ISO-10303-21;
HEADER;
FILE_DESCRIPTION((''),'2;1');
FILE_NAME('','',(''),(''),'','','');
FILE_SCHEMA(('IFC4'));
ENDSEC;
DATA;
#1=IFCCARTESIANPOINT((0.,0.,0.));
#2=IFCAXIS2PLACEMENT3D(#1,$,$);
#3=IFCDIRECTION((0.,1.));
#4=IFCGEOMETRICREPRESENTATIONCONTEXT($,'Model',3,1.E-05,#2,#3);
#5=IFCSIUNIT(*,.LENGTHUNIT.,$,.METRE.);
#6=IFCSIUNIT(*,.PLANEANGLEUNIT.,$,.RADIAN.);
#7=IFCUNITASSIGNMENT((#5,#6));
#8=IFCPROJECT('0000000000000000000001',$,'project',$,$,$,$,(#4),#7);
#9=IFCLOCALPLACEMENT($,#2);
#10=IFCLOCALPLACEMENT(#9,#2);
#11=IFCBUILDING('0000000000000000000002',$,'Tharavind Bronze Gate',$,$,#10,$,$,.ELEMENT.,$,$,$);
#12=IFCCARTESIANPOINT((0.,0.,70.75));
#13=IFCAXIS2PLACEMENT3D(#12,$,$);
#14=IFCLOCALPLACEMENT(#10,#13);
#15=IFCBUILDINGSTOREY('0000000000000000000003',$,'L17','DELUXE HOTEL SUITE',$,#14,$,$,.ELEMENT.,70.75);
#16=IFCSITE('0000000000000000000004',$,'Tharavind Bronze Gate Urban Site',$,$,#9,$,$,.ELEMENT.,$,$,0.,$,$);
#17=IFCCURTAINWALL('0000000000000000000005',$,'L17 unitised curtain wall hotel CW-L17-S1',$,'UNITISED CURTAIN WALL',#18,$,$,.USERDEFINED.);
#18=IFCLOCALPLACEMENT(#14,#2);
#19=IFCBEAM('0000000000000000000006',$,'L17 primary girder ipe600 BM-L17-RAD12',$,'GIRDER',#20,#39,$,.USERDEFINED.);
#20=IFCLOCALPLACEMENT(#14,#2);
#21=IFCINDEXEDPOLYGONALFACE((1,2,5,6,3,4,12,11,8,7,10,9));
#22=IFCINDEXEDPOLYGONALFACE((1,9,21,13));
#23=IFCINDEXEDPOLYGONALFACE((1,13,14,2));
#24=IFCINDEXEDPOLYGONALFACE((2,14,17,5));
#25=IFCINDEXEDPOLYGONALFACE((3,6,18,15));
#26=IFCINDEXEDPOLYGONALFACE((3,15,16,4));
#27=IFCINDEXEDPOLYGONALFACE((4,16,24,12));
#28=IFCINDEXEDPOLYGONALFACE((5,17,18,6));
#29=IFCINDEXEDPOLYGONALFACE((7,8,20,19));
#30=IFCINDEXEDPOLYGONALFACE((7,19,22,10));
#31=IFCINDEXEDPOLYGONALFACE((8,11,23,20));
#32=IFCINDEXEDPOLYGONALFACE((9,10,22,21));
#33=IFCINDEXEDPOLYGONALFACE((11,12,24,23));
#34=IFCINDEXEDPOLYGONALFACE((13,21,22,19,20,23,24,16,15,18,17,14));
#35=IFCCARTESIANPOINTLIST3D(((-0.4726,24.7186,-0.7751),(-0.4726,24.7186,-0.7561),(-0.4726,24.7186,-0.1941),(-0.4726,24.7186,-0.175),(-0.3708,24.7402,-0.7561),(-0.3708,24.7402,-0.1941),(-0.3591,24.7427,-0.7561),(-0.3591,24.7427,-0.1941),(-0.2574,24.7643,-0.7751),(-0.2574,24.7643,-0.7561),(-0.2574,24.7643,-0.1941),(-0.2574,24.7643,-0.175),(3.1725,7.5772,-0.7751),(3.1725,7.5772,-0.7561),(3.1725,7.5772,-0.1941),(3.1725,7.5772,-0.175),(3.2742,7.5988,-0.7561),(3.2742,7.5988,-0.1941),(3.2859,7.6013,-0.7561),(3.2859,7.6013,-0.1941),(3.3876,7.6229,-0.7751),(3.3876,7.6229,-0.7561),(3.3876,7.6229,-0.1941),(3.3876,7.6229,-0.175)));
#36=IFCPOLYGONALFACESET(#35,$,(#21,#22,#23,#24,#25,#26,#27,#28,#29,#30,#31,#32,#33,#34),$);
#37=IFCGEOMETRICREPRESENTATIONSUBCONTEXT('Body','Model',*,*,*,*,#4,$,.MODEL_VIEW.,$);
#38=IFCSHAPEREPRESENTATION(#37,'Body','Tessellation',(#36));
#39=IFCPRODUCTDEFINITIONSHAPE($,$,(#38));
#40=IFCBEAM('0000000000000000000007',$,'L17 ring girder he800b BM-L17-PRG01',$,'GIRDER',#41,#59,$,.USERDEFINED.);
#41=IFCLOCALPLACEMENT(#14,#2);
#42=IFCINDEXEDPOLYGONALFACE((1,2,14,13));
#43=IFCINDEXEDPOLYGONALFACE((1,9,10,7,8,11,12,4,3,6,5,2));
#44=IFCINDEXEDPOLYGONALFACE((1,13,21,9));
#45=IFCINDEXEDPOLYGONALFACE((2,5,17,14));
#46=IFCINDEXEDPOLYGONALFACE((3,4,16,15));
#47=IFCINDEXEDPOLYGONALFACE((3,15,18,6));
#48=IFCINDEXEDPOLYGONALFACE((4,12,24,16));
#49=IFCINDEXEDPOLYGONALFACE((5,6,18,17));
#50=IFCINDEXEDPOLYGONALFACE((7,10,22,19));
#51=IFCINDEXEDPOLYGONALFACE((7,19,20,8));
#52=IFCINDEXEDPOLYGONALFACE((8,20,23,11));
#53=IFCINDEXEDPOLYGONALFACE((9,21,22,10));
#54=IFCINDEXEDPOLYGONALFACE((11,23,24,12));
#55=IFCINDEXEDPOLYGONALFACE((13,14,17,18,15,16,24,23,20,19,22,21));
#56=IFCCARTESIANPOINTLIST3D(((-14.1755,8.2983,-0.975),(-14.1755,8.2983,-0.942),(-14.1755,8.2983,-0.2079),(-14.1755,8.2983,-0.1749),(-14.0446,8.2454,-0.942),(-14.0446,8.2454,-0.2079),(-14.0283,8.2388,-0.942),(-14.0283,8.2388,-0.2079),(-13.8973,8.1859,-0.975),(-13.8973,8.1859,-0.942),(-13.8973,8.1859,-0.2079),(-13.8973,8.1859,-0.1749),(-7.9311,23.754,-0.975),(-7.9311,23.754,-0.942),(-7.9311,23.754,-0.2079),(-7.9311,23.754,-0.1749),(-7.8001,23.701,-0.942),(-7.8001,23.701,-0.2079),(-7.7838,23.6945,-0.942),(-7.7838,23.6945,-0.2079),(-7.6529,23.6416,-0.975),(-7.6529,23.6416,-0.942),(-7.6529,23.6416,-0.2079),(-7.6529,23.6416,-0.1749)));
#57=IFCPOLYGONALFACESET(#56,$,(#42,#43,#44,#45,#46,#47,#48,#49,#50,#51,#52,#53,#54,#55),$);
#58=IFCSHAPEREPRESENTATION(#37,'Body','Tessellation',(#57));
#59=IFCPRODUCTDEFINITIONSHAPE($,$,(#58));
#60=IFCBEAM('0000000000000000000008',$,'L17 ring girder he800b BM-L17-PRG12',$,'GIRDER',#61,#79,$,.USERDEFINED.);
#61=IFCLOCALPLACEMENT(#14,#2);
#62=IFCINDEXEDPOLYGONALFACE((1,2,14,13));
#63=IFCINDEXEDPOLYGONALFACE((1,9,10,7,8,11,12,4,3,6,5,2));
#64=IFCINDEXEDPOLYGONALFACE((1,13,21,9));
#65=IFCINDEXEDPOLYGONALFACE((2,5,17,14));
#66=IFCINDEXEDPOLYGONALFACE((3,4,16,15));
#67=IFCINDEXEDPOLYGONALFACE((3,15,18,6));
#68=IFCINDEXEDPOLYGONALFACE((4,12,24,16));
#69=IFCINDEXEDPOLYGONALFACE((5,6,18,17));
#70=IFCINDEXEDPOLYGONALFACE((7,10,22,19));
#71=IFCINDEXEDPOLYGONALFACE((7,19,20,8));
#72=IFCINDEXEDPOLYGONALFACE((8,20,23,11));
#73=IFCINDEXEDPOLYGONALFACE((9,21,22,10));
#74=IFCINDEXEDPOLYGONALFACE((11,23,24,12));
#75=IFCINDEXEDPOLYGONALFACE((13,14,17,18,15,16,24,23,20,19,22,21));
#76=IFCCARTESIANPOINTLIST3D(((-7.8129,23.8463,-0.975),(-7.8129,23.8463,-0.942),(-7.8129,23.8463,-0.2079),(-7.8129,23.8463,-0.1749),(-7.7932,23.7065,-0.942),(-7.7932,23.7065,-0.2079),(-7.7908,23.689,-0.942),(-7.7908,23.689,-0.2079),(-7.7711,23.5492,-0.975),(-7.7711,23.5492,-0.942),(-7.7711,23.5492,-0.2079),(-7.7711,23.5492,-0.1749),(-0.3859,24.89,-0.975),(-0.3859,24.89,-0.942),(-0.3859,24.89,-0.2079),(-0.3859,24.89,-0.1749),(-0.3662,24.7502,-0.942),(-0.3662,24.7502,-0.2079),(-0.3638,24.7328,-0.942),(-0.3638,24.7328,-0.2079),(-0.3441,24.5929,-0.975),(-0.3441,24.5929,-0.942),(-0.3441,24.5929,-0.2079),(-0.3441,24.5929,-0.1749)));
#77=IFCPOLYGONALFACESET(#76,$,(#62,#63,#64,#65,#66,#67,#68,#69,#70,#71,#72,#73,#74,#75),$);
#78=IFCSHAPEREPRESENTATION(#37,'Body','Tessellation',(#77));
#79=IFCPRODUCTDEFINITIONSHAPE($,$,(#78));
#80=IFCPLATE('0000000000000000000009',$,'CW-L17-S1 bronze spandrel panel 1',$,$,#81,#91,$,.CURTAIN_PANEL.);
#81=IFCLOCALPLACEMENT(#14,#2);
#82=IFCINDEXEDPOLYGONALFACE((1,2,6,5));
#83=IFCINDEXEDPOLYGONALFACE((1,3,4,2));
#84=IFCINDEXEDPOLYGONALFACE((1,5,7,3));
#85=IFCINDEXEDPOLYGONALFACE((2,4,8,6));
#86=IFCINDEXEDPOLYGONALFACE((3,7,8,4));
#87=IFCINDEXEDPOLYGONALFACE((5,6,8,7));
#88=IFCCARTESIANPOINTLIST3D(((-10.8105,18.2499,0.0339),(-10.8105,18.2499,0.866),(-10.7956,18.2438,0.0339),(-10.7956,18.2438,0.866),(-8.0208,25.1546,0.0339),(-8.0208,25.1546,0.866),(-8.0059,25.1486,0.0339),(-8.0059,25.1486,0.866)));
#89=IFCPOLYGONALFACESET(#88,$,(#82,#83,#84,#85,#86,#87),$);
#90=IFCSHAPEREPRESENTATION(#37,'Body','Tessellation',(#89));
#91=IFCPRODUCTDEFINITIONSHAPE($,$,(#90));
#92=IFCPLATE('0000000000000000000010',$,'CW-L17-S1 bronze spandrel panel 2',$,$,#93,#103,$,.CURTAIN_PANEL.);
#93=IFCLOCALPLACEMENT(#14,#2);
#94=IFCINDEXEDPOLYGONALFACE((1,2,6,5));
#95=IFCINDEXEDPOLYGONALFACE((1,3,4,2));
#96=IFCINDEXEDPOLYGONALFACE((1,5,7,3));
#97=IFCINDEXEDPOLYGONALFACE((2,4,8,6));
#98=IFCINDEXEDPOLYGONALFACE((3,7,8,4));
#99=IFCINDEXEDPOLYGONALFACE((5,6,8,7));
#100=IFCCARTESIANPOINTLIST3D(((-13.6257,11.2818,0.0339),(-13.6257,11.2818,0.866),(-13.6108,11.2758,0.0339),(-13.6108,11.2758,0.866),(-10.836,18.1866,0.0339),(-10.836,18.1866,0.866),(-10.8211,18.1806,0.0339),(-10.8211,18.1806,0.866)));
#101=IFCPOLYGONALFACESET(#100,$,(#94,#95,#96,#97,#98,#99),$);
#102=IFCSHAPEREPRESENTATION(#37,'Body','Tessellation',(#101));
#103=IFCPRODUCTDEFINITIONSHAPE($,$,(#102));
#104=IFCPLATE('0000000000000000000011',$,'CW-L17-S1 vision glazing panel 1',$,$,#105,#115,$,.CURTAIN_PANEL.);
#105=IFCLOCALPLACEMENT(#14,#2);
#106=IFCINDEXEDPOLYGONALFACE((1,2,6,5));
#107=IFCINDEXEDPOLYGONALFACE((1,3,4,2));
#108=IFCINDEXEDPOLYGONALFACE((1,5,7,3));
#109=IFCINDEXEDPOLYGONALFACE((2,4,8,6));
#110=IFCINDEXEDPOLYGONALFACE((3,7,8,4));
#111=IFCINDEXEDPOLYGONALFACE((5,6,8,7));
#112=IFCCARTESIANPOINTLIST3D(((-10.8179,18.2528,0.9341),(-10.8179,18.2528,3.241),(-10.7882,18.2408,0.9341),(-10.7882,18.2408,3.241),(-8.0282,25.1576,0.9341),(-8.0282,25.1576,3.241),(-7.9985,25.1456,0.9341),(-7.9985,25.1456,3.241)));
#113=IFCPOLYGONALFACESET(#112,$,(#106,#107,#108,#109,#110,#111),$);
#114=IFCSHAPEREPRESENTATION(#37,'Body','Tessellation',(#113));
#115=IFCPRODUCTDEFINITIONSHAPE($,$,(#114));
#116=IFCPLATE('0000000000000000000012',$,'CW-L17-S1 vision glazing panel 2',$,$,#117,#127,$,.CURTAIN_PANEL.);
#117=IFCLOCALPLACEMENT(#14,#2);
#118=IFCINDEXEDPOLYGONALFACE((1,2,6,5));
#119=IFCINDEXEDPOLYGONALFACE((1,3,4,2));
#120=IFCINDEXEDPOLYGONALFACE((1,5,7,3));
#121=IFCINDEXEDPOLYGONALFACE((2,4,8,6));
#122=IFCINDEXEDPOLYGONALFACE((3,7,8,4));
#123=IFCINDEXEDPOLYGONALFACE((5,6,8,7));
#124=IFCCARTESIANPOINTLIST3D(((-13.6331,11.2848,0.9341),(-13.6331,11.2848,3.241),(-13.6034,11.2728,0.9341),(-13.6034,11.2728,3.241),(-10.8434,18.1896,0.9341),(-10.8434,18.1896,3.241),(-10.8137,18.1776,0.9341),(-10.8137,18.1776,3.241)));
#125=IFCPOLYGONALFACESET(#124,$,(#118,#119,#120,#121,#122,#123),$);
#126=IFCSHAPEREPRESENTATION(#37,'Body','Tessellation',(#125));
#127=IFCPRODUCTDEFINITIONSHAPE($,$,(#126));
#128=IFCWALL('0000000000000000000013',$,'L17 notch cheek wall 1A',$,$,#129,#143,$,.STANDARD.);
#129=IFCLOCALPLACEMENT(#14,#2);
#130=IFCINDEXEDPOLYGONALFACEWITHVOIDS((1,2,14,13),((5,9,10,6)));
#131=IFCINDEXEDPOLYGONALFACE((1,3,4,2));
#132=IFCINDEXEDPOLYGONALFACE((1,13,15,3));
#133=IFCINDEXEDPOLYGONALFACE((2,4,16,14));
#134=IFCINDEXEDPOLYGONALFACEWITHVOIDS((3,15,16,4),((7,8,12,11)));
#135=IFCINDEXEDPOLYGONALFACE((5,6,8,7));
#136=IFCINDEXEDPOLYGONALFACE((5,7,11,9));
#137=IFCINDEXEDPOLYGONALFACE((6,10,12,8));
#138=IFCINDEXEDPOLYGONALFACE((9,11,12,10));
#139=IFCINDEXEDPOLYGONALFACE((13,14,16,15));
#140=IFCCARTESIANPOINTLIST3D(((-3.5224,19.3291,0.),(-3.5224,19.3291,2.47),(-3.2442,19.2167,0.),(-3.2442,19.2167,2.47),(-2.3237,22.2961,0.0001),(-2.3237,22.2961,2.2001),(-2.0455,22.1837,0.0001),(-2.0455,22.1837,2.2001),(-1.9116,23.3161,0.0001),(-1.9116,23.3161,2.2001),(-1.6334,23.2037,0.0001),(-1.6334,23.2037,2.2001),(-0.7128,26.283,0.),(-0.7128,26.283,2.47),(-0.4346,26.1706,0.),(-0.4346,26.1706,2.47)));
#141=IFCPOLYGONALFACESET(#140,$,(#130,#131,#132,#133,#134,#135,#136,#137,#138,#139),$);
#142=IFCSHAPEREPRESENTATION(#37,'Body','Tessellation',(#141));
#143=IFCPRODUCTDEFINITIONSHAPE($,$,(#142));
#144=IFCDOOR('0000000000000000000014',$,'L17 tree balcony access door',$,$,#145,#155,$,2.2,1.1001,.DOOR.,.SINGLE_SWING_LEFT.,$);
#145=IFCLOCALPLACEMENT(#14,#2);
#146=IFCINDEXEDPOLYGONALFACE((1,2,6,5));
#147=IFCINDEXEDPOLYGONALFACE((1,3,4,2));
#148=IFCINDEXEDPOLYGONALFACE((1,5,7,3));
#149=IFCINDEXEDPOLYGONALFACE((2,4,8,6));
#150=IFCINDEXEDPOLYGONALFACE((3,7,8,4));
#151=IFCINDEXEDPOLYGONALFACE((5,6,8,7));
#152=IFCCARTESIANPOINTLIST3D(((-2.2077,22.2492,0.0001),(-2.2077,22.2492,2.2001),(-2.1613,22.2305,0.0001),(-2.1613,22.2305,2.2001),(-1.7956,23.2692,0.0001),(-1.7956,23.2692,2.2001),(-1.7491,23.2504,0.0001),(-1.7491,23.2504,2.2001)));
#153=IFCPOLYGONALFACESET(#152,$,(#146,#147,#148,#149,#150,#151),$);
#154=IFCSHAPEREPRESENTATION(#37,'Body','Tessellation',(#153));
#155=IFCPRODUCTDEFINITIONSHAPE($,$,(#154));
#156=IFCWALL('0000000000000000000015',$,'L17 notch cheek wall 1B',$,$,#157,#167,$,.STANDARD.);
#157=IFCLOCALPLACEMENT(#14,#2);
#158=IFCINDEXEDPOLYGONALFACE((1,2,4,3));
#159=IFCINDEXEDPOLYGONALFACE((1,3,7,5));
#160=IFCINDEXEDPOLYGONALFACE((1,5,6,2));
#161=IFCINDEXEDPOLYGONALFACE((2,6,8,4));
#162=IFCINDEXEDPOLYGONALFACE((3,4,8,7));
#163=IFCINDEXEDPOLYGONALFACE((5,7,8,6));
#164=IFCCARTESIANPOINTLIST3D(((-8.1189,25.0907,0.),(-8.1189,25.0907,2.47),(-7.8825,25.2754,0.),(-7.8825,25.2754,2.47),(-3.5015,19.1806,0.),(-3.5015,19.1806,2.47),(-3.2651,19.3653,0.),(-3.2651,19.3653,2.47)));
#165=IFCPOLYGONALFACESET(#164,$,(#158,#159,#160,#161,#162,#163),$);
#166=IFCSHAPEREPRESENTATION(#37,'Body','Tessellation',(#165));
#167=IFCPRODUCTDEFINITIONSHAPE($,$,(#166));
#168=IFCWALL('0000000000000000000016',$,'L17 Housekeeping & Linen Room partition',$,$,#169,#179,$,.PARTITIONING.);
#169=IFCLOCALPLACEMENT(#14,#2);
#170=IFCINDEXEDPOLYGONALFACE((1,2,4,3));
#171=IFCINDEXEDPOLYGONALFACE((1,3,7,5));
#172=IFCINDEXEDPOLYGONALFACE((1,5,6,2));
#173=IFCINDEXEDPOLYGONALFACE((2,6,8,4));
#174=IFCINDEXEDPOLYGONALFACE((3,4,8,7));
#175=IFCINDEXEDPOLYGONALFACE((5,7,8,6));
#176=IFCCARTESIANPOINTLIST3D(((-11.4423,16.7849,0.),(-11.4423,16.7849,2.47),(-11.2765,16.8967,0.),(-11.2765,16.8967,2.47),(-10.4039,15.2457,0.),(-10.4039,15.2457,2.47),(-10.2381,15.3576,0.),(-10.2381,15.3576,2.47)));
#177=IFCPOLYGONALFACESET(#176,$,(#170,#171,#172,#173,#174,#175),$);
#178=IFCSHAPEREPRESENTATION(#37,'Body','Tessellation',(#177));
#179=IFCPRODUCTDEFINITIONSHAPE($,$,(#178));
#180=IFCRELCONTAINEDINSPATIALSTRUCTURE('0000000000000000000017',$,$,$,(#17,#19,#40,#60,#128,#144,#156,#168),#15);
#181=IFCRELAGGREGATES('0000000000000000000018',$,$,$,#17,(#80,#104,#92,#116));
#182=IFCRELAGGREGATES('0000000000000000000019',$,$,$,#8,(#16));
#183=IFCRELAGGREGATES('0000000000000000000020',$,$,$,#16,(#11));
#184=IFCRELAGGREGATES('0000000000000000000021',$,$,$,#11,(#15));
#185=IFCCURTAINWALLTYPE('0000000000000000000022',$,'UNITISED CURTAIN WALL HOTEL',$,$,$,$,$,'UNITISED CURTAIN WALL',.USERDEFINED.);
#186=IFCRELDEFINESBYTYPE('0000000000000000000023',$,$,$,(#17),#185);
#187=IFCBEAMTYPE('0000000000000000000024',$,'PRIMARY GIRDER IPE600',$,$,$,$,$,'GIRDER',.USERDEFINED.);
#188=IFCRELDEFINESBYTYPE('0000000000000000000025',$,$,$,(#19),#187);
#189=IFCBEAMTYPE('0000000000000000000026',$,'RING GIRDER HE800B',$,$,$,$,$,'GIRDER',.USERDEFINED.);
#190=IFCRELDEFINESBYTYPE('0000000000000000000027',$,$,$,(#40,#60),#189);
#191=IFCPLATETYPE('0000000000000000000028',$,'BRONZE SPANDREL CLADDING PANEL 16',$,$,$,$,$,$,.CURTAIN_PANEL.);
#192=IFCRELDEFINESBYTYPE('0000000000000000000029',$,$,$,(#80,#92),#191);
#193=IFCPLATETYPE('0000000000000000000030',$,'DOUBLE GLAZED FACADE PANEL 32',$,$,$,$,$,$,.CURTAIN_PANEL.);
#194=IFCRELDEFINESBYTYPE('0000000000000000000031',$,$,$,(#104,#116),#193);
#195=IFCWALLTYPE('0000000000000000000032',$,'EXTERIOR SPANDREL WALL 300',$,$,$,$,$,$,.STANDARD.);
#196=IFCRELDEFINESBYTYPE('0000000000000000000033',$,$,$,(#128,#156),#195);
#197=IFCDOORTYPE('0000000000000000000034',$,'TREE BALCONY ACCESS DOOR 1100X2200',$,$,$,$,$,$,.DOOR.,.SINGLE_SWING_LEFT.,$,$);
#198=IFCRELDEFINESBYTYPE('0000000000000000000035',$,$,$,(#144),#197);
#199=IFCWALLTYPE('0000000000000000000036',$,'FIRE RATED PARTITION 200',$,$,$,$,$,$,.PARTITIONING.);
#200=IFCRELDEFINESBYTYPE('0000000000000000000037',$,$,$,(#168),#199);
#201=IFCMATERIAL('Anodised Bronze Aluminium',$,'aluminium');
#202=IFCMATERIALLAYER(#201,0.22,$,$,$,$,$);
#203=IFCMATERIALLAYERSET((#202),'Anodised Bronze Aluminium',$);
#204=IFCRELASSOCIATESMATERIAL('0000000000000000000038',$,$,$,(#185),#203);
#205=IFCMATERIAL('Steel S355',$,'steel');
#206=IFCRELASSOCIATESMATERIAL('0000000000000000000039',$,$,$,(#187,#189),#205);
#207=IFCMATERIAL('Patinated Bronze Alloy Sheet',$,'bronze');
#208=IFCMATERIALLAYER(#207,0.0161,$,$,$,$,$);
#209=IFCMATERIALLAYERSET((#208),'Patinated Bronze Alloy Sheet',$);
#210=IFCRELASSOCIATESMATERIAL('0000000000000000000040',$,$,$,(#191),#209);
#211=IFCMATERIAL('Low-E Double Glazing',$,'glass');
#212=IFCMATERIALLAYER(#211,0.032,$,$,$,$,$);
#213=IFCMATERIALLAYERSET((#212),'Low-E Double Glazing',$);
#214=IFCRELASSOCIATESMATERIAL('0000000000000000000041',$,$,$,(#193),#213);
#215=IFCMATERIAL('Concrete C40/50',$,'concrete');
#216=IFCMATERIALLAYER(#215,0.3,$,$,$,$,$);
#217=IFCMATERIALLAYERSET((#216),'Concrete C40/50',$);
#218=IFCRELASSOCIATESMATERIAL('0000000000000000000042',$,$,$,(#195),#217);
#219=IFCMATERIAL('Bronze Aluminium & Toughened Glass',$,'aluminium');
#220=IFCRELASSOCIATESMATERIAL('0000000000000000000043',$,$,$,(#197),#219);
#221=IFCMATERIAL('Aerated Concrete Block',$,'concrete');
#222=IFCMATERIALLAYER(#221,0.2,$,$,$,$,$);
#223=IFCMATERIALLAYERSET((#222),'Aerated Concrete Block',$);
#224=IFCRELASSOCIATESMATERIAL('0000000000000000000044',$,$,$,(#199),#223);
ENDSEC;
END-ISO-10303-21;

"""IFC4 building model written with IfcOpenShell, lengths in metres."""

from ifc_helpers import new_model, si_unit, direction, frame, frame_2d, origin, origin_2d, place, context, subcontext, project, spatial, rectangle, i_section, extrude, material, layer, layer_set, material_profile, profile_set, type_object, element, fill, aggregate, save


model = new_model("IFC4")

# Units and contexts
model_context = context("Model", 3, precision=1e-05, world=origin(), true_north=direction((0.0, 1.0)))
body_context = subcontext(model_context, "Body", "Model", "MODEL_VIEW")
ifc_project = project(units=[si_unit("LENGTHUNIT", "METRE"), si_unit("PLANEANGLEUNIT", "RADIAN")], contexts=[model_context])

# Site, building, storey
site_placement = place(None, origin())
site = spatial("IfcSite", under=ifc_project, at=site_placement, Name="Tharavind Bronze Gate Urban Site", CompositionType="ELEMENT", RefElevation=0.0)
building_placement = place(site_placement, origin())
building = spatial("IfcBuilding", under=site, at=building_placement, Name="Tharavind Bronze Gate", CompositionType="ELEMENT")
storey_placement = place(building_placement, frame((0.0, 0.0, 70.75)))
storey = spatial("IfcBuildingStorey", under=building, at=storey_placement, Name="L17", Description="DELUXE HOTEL SUITE", CompositionType="ELEMENT", Elevation=70.75)

# Curtain wall
ifc_material_1 = material(Name="Anodised Bronze Aluminium", Category="aluminium")
ifc_layer_1 = layer(ifc_material_1, 0.22)
ifc_layer_set_1 = layer_set([ifc_layer_1], Name="Anodised Bronze Aluminium")
curtain_wall_type = type_object("IfcCurtainWallType", Name="UNITISED CURTAIN WALL HOTEL", ElementType="UNITISED CURTAIN WALL", PredefinedType="USERDEFINED", material=ifc_layer_set_1)
curtain_wall_1_placement = place(storey_placement, origin())
curtain_wall_1 = element("IfcCurtainWall", 1, at=curtain_wall_1_placement, inside=storey, type_object=curtain_wall_type, Name="L17 unitised curtain wall hotel CW-L17-S1", ObjectType="UNITISED CURTAIN WALL", PredefinedType="USERDEFINED")

# Beams
ifc_material_2 = material(Name="Steel S355", Category="steel")
ifc_material_profile_1 = material_profile(ifc_material_2, i_section(OverallWidth=0.22, OverallDepth=0.6001, WebThickness=0.012, FlangeThickness=0.019, at=origin_2d()), Name="IPE600")
ifc_profile_set_1 = profile_set([ifc_material_profile_1], Name="Steel S355")
beam_type_1 = type_object("IfcBeamType", Name="PRIMARY GIRDER IPE600", ElementType="GIRDER", PredefinedType="USERDEFINED", material=ifc_profile_set_1)
beam_1_placement = place(storey_placement, frame((-0.365, 24.7415, -0.4751), z_axis=(0.207994, -0.97813, 0.0), x_axis=(0.97813, 0.207994, 0.0)))
element("IfcBeam", 2, at=beam_1_placement, inside=storey, type_object=beam_type_1, Name="L17 primary girder ipe600 BM-L17-RAD12", ObjectType="GIRDER", PredefinedType="USERDEFINED", context=body_context, shape_type="SweptSolid", body=[
    extrude(i_section(OverallWidth=0.22, OverallDepth=0.6001, WebThickness=0.012, FlangeThickness=0.019, at=origin_2d()), origin(), (0.0, 0.0, 1.0), 17.5247),
])
ifc_material_profile_2 = material_profile(ifc_material_2, i_section(OverallWidth=0.3, OverallDepth=0.8, WebThickness=0.0176, FlangeThickness=0.033, at=origin_2d()), Name="HE800B")
ifc_profile_set_2 = profile_set([ifc_material_profile_2], Name="Steel S355")
beam_type_2 = type_object("IfcBeamType", Name="RING GIRDER HE800B", ElementType="GIRDER", PredefinedType="USERDEFINED", material=ifc_profile_set_2)
beam_2_placement = place(storey_placement, frame((-7.792, 23.6978, -0.575), z_axis=(-0.374603, -0.927185, 0.0), x_axis=(0.927185, -0.374603, 0.0)))
element("IfcBeam", 3, at=beam_2_placement, inside=storey, type_object=beam_type_2, Name="L17 ring girder he800b BM-L17-PRG01", ObjectType="GIRDER", PredefinedType="USERDEFINED", context=body_context, shape_type="SweptSolid", body=[
    extrude(i_section(OverallWidth=0.3, OverallDepth=0.8, WebThickness=0.0176, FlangeThickness=0.033, at=origin_2d()), origin(), (0.0, 0.0, 1.0), 16.6694),
])
beam_3_placement = place(storey_placement, frame((-0.365, 24.7415, -0.575), z_axis=(-0.99027, -0.139161, 0.0), x_axis=(0.139161, -0.99027, 0.0)))
element("IfcBeam", 4, at=beam_3_placement, inside=storey, type_object=beam_type_2, Name="L17 ring girder he800b BM-L17-PRG12", ObjectType="GIRDER", PredefinedType="USERDEFINED", context=body_context, shape_type="SweptSolid", body=[
    extrude(i_section(OverallWidth=0.3, OverallDepth=0.8, WebThickness=0.0176, FlangeThickness=0.033, at=origin_2d()), origin(), (0.0, 0.0, 1.0), 7.5),
])

# Plates
ifc_material_3 = material(Name="Patinated Bronze Alloy Sheet", Category="bronze")
ifc_layer_2 = layer(ifc_material_3, 0.0161)
ifc_layer_set_2 = layer_set([ifc_layer_2], Name="Patinated Bronze Alloy Sheet")
plate_type_1 = type_object("IfcPlateType", Name="BRONZE SPANDREL CLADDING PANEL 16", PredefinedType="CURTAIN_PANEL", material=ifc_layer_set_2)
plate_1_placement = place(storey_placement, frame((-9.4082, 21.6992, 0.0339), z_axis=(0.0, 0.0, 1.0), x_axis=(-0.374607, -0.927184, 0.0)))
plate_1 = element("IfcPlate", 5, at=plate_1_placement, type_object=plate_type_1, Name="CW-L17-S1 bronze spandrel panel 1", PredefinedType="CURTAIN_PANEL", context=body_context, shape_type="SweptSolid", body=[
    extrude(rectangle(XDim=7.447, YDim=0.0161, at=origin_2d()), origin(), (0.0, 0.0, 1.0), 0.832),
])
plate_2_placement = place(storey_placement, frame((-12.2234, 14.7312, 0.0339), z_axis=(0.0, 0.0, 1.0), x_axis=(-0.374607, -0.927184, 0.0)))
plate_2 = element("IfcPlate", 6, at=plate_2_placement, type_object=plate_type_1, Name="CW-L17-S1 bronze spandrel panel 2", PredefinedType="CURTAIN_PANEL", context=body_context, shape_type="SweptSolid", body=[
    extrude(rectangle(XDim=7.447, YDim=0.0161, at=origin_2d()), origin(), (0.0, 0.0, 1.0), 0.832),
])
ifc_material_4 = material(Name="Low-E Double Glazing", Category="glass")
ifc_layer_3 = layer(ifc_material_4, 0.032)
ifc_layer_set_3 = layer_set([ifc_layer_3], Name="Low-E Double Glazing")
plate_type_2 = type_object("IfcPlateType", Name="DOUBLE GLAZED FACADE PANEL 32", PredefinedType="CURTAIN_PANEL", material=ifc_layer_set_3)
plate_3_placement = place(storey_placement, frame((-9.4082, 21.6992, 0.9341), z_axis=(0.0, 0.0, 1.0), x_axis=(-0.374607, -0.927184, 0.0)))
plate_3 = element("IfcPlate", 7, at=plate_3_placement, type_object=plate_type_2, Name="CW-L17-S1 vision glazing panel 1", PredefinedType="CURTAIN_PANEL", context=body_context, shape_type="SweptSolid", body=[
    extrude(rectangle(XDim=7.447, YDim=0.032, at=origin_2d()), origin(), (0.0, 0.0, 1.0), 2.3069),
])
plate_4_placement = place(storey_placement, frame((-12.2234, 14.7312, 0.9341), z_axis=(0.0, 0.0, 1.0), x_axis=(-0.374607, -0.927184, 0.0)))
plate_4 = element("IfcPlate", 8, at=plate_4_placement, type_object=plate_type_2, Name="CW-L17-S1 vision glazing panel 2", PredefinedType="CURTAIN_PANEL", context=body_context, shape_type="SweptSolid", body=[
    extrude(rectangle(XDim=7.447, YDim=0.032, at=origin_2d()), origin(), (0.0, 0.0, 1.0), 2.3069),
])
aggregate(curtain_wall_1, [plate_1, plate_3, plate_2, plate_4])

# Wall, opening, door
ifc_material_5 = material(Name="Concrete C40/50", Category="concrete")
ifc_layer_4 = layer(ifc_material_5, 0.3)
ifc_layer_set_4 = layer_set([ifc_layer_4], Name="Concrete C40/50")
wall_type_1 = type_object("IfcWallType", Name="EXTERIOR SPANDREL WALL 300", PredefinedType="STANDARD", material=ifc_layer_set_4)
wall_1_placement = place(storey_placement, frame((-0.5737, 26.2268, 0.0), z_axis=(0.0, 0.0, 1.0), x_axis=(-0.37461, -0.927182, 0.0)))
wall_1 = element("IfcWall", 9, at=wall_1_placement, inside=storey, type_object=wall_type_1, Name="L17 notch cheek wall 1A", PredefinedType="STANDARD", context=body_context, shape_type="SweptSolid", body=[
    extrude(rectangle(XDim=7.5, YDim=0.3, at=frame_2d((3.75, 0.0))), origin(), (0.0, 0.0, 1.0), 2.47),
])
opening_placement = place(wall_1_placement, frame((3.2, 0.0, 0.0)))
opening = element("IfcOpeningElement", 10, at=opening_placement, cuts=wall_1, PredefinedType="OPENING", context=body_context, shape_type="SweptSolid", body=[
    extrude(rectangle(XDim=1.1001, YDim=2.2, at=frame_2d((0.55, 1.1001))), frame((0.0, 0.1599, 0.0), z_axis=(0.0, -1.0, 0.0), x_axis=(1.0, 0.0, 0.0)), (0.0, 0.0, 1.0), 0.32),
])
ifc_material_6 = material(Name="Bronze Aluminium & Toughened Glass", Category="aluminium")
door_type = type_object("IfcDoorType", Name="TREE BALCONY ACCESS DOOR 1100X2200", OperationType="SINGLE_SWING_LEFT", PredefinedType="DOOR", material=ifc_material_6)
door_placement = place(opening_placement, frame((1.1001, 0.0, 0.0), z_axis=(0.0, 0.0, 1.0), x_axis=(-1.0, 0.0, 0.0)))
door = element("IfcDoor", 11, at=door_placement, inside=storey, type_object=door_type, Name="L17 tree balcony access door", OperationType="SINGLE_SWING_LEFT", OverallHeight=2.2, OverallWidth=1.1001, PredefinedType="DOOR", context=body_context, shape_type="SweptSolid", body=[
    extrude(rectangle(XDim=1.1001, YDim=2.2, at=frame_2d((0.55, 1.1001))), frame((0.0, 0.0249, 0.0), z_axis=(0.0, -1.0, 0.0), x_axis=(1.0, 0.0, 0.0)), (0.0, 0.0, 1.0), 0.05),
])
fill(opening, door)

# Walls
wall_2_placement = place(storey_placement, frame((-3.3833, 19.2729, 0.0), z_axis=(0.0, 0.0, 1.0), x_axis=(-0.615654, 0.788016, 0.0)))
element("IfcWall", 12, at=wall_2_placement, inside=storey, type_object=wall_type_1, Name="L17 notch cheek wall 1B", PredefinedType="STANDARD", context=body_context, shape_type="SweptSolid", body=[
    extrude(rectangle(XDim=7.5, YDim=0.3, at=frame_2d((3.75, 0.0))), origin(), (0.0, 0.0, 1.0), 2.47),
])
ifc_material_7 = material(Name="Aerated Concrete Block", Category="concrete")
ifc_layer_5 = layer(ifc_material_7, 0.2)
ifc_layer_set_5 = layer_set([ifc_layer_5], Name="Aerated Concrete Block")
wall_type_2 = type_object("IfcWallType", Name="FIRE RATED PARTITION 200", PredefinedType="PARTITIONING", material=ifc_layer_set_5)
wall_3_placement = place(storey_placement, frame((-10.321, 15.3018, 0.0), z_axis=(0.0, 0.0, 1.0), x_axis=(-0.559274, 0.828983, 0.0)))
element("IfcWall", 13, at=wall_3_placement, inside=storey, type_object=wall_type_2, Name="L17 Housekeeping & Linen Room partition", PredefinedType="PARTITIONING", context=body_context, shape_type="SweptSolid", body=[
    extrude(rectangle(XDim=1.8567, YDim=0.2, at=frame_2d((0.9282, 0.0))), origin(), (0.0, 0.0, 1.0), 2.47),
])

save(model, "model.ifc")
